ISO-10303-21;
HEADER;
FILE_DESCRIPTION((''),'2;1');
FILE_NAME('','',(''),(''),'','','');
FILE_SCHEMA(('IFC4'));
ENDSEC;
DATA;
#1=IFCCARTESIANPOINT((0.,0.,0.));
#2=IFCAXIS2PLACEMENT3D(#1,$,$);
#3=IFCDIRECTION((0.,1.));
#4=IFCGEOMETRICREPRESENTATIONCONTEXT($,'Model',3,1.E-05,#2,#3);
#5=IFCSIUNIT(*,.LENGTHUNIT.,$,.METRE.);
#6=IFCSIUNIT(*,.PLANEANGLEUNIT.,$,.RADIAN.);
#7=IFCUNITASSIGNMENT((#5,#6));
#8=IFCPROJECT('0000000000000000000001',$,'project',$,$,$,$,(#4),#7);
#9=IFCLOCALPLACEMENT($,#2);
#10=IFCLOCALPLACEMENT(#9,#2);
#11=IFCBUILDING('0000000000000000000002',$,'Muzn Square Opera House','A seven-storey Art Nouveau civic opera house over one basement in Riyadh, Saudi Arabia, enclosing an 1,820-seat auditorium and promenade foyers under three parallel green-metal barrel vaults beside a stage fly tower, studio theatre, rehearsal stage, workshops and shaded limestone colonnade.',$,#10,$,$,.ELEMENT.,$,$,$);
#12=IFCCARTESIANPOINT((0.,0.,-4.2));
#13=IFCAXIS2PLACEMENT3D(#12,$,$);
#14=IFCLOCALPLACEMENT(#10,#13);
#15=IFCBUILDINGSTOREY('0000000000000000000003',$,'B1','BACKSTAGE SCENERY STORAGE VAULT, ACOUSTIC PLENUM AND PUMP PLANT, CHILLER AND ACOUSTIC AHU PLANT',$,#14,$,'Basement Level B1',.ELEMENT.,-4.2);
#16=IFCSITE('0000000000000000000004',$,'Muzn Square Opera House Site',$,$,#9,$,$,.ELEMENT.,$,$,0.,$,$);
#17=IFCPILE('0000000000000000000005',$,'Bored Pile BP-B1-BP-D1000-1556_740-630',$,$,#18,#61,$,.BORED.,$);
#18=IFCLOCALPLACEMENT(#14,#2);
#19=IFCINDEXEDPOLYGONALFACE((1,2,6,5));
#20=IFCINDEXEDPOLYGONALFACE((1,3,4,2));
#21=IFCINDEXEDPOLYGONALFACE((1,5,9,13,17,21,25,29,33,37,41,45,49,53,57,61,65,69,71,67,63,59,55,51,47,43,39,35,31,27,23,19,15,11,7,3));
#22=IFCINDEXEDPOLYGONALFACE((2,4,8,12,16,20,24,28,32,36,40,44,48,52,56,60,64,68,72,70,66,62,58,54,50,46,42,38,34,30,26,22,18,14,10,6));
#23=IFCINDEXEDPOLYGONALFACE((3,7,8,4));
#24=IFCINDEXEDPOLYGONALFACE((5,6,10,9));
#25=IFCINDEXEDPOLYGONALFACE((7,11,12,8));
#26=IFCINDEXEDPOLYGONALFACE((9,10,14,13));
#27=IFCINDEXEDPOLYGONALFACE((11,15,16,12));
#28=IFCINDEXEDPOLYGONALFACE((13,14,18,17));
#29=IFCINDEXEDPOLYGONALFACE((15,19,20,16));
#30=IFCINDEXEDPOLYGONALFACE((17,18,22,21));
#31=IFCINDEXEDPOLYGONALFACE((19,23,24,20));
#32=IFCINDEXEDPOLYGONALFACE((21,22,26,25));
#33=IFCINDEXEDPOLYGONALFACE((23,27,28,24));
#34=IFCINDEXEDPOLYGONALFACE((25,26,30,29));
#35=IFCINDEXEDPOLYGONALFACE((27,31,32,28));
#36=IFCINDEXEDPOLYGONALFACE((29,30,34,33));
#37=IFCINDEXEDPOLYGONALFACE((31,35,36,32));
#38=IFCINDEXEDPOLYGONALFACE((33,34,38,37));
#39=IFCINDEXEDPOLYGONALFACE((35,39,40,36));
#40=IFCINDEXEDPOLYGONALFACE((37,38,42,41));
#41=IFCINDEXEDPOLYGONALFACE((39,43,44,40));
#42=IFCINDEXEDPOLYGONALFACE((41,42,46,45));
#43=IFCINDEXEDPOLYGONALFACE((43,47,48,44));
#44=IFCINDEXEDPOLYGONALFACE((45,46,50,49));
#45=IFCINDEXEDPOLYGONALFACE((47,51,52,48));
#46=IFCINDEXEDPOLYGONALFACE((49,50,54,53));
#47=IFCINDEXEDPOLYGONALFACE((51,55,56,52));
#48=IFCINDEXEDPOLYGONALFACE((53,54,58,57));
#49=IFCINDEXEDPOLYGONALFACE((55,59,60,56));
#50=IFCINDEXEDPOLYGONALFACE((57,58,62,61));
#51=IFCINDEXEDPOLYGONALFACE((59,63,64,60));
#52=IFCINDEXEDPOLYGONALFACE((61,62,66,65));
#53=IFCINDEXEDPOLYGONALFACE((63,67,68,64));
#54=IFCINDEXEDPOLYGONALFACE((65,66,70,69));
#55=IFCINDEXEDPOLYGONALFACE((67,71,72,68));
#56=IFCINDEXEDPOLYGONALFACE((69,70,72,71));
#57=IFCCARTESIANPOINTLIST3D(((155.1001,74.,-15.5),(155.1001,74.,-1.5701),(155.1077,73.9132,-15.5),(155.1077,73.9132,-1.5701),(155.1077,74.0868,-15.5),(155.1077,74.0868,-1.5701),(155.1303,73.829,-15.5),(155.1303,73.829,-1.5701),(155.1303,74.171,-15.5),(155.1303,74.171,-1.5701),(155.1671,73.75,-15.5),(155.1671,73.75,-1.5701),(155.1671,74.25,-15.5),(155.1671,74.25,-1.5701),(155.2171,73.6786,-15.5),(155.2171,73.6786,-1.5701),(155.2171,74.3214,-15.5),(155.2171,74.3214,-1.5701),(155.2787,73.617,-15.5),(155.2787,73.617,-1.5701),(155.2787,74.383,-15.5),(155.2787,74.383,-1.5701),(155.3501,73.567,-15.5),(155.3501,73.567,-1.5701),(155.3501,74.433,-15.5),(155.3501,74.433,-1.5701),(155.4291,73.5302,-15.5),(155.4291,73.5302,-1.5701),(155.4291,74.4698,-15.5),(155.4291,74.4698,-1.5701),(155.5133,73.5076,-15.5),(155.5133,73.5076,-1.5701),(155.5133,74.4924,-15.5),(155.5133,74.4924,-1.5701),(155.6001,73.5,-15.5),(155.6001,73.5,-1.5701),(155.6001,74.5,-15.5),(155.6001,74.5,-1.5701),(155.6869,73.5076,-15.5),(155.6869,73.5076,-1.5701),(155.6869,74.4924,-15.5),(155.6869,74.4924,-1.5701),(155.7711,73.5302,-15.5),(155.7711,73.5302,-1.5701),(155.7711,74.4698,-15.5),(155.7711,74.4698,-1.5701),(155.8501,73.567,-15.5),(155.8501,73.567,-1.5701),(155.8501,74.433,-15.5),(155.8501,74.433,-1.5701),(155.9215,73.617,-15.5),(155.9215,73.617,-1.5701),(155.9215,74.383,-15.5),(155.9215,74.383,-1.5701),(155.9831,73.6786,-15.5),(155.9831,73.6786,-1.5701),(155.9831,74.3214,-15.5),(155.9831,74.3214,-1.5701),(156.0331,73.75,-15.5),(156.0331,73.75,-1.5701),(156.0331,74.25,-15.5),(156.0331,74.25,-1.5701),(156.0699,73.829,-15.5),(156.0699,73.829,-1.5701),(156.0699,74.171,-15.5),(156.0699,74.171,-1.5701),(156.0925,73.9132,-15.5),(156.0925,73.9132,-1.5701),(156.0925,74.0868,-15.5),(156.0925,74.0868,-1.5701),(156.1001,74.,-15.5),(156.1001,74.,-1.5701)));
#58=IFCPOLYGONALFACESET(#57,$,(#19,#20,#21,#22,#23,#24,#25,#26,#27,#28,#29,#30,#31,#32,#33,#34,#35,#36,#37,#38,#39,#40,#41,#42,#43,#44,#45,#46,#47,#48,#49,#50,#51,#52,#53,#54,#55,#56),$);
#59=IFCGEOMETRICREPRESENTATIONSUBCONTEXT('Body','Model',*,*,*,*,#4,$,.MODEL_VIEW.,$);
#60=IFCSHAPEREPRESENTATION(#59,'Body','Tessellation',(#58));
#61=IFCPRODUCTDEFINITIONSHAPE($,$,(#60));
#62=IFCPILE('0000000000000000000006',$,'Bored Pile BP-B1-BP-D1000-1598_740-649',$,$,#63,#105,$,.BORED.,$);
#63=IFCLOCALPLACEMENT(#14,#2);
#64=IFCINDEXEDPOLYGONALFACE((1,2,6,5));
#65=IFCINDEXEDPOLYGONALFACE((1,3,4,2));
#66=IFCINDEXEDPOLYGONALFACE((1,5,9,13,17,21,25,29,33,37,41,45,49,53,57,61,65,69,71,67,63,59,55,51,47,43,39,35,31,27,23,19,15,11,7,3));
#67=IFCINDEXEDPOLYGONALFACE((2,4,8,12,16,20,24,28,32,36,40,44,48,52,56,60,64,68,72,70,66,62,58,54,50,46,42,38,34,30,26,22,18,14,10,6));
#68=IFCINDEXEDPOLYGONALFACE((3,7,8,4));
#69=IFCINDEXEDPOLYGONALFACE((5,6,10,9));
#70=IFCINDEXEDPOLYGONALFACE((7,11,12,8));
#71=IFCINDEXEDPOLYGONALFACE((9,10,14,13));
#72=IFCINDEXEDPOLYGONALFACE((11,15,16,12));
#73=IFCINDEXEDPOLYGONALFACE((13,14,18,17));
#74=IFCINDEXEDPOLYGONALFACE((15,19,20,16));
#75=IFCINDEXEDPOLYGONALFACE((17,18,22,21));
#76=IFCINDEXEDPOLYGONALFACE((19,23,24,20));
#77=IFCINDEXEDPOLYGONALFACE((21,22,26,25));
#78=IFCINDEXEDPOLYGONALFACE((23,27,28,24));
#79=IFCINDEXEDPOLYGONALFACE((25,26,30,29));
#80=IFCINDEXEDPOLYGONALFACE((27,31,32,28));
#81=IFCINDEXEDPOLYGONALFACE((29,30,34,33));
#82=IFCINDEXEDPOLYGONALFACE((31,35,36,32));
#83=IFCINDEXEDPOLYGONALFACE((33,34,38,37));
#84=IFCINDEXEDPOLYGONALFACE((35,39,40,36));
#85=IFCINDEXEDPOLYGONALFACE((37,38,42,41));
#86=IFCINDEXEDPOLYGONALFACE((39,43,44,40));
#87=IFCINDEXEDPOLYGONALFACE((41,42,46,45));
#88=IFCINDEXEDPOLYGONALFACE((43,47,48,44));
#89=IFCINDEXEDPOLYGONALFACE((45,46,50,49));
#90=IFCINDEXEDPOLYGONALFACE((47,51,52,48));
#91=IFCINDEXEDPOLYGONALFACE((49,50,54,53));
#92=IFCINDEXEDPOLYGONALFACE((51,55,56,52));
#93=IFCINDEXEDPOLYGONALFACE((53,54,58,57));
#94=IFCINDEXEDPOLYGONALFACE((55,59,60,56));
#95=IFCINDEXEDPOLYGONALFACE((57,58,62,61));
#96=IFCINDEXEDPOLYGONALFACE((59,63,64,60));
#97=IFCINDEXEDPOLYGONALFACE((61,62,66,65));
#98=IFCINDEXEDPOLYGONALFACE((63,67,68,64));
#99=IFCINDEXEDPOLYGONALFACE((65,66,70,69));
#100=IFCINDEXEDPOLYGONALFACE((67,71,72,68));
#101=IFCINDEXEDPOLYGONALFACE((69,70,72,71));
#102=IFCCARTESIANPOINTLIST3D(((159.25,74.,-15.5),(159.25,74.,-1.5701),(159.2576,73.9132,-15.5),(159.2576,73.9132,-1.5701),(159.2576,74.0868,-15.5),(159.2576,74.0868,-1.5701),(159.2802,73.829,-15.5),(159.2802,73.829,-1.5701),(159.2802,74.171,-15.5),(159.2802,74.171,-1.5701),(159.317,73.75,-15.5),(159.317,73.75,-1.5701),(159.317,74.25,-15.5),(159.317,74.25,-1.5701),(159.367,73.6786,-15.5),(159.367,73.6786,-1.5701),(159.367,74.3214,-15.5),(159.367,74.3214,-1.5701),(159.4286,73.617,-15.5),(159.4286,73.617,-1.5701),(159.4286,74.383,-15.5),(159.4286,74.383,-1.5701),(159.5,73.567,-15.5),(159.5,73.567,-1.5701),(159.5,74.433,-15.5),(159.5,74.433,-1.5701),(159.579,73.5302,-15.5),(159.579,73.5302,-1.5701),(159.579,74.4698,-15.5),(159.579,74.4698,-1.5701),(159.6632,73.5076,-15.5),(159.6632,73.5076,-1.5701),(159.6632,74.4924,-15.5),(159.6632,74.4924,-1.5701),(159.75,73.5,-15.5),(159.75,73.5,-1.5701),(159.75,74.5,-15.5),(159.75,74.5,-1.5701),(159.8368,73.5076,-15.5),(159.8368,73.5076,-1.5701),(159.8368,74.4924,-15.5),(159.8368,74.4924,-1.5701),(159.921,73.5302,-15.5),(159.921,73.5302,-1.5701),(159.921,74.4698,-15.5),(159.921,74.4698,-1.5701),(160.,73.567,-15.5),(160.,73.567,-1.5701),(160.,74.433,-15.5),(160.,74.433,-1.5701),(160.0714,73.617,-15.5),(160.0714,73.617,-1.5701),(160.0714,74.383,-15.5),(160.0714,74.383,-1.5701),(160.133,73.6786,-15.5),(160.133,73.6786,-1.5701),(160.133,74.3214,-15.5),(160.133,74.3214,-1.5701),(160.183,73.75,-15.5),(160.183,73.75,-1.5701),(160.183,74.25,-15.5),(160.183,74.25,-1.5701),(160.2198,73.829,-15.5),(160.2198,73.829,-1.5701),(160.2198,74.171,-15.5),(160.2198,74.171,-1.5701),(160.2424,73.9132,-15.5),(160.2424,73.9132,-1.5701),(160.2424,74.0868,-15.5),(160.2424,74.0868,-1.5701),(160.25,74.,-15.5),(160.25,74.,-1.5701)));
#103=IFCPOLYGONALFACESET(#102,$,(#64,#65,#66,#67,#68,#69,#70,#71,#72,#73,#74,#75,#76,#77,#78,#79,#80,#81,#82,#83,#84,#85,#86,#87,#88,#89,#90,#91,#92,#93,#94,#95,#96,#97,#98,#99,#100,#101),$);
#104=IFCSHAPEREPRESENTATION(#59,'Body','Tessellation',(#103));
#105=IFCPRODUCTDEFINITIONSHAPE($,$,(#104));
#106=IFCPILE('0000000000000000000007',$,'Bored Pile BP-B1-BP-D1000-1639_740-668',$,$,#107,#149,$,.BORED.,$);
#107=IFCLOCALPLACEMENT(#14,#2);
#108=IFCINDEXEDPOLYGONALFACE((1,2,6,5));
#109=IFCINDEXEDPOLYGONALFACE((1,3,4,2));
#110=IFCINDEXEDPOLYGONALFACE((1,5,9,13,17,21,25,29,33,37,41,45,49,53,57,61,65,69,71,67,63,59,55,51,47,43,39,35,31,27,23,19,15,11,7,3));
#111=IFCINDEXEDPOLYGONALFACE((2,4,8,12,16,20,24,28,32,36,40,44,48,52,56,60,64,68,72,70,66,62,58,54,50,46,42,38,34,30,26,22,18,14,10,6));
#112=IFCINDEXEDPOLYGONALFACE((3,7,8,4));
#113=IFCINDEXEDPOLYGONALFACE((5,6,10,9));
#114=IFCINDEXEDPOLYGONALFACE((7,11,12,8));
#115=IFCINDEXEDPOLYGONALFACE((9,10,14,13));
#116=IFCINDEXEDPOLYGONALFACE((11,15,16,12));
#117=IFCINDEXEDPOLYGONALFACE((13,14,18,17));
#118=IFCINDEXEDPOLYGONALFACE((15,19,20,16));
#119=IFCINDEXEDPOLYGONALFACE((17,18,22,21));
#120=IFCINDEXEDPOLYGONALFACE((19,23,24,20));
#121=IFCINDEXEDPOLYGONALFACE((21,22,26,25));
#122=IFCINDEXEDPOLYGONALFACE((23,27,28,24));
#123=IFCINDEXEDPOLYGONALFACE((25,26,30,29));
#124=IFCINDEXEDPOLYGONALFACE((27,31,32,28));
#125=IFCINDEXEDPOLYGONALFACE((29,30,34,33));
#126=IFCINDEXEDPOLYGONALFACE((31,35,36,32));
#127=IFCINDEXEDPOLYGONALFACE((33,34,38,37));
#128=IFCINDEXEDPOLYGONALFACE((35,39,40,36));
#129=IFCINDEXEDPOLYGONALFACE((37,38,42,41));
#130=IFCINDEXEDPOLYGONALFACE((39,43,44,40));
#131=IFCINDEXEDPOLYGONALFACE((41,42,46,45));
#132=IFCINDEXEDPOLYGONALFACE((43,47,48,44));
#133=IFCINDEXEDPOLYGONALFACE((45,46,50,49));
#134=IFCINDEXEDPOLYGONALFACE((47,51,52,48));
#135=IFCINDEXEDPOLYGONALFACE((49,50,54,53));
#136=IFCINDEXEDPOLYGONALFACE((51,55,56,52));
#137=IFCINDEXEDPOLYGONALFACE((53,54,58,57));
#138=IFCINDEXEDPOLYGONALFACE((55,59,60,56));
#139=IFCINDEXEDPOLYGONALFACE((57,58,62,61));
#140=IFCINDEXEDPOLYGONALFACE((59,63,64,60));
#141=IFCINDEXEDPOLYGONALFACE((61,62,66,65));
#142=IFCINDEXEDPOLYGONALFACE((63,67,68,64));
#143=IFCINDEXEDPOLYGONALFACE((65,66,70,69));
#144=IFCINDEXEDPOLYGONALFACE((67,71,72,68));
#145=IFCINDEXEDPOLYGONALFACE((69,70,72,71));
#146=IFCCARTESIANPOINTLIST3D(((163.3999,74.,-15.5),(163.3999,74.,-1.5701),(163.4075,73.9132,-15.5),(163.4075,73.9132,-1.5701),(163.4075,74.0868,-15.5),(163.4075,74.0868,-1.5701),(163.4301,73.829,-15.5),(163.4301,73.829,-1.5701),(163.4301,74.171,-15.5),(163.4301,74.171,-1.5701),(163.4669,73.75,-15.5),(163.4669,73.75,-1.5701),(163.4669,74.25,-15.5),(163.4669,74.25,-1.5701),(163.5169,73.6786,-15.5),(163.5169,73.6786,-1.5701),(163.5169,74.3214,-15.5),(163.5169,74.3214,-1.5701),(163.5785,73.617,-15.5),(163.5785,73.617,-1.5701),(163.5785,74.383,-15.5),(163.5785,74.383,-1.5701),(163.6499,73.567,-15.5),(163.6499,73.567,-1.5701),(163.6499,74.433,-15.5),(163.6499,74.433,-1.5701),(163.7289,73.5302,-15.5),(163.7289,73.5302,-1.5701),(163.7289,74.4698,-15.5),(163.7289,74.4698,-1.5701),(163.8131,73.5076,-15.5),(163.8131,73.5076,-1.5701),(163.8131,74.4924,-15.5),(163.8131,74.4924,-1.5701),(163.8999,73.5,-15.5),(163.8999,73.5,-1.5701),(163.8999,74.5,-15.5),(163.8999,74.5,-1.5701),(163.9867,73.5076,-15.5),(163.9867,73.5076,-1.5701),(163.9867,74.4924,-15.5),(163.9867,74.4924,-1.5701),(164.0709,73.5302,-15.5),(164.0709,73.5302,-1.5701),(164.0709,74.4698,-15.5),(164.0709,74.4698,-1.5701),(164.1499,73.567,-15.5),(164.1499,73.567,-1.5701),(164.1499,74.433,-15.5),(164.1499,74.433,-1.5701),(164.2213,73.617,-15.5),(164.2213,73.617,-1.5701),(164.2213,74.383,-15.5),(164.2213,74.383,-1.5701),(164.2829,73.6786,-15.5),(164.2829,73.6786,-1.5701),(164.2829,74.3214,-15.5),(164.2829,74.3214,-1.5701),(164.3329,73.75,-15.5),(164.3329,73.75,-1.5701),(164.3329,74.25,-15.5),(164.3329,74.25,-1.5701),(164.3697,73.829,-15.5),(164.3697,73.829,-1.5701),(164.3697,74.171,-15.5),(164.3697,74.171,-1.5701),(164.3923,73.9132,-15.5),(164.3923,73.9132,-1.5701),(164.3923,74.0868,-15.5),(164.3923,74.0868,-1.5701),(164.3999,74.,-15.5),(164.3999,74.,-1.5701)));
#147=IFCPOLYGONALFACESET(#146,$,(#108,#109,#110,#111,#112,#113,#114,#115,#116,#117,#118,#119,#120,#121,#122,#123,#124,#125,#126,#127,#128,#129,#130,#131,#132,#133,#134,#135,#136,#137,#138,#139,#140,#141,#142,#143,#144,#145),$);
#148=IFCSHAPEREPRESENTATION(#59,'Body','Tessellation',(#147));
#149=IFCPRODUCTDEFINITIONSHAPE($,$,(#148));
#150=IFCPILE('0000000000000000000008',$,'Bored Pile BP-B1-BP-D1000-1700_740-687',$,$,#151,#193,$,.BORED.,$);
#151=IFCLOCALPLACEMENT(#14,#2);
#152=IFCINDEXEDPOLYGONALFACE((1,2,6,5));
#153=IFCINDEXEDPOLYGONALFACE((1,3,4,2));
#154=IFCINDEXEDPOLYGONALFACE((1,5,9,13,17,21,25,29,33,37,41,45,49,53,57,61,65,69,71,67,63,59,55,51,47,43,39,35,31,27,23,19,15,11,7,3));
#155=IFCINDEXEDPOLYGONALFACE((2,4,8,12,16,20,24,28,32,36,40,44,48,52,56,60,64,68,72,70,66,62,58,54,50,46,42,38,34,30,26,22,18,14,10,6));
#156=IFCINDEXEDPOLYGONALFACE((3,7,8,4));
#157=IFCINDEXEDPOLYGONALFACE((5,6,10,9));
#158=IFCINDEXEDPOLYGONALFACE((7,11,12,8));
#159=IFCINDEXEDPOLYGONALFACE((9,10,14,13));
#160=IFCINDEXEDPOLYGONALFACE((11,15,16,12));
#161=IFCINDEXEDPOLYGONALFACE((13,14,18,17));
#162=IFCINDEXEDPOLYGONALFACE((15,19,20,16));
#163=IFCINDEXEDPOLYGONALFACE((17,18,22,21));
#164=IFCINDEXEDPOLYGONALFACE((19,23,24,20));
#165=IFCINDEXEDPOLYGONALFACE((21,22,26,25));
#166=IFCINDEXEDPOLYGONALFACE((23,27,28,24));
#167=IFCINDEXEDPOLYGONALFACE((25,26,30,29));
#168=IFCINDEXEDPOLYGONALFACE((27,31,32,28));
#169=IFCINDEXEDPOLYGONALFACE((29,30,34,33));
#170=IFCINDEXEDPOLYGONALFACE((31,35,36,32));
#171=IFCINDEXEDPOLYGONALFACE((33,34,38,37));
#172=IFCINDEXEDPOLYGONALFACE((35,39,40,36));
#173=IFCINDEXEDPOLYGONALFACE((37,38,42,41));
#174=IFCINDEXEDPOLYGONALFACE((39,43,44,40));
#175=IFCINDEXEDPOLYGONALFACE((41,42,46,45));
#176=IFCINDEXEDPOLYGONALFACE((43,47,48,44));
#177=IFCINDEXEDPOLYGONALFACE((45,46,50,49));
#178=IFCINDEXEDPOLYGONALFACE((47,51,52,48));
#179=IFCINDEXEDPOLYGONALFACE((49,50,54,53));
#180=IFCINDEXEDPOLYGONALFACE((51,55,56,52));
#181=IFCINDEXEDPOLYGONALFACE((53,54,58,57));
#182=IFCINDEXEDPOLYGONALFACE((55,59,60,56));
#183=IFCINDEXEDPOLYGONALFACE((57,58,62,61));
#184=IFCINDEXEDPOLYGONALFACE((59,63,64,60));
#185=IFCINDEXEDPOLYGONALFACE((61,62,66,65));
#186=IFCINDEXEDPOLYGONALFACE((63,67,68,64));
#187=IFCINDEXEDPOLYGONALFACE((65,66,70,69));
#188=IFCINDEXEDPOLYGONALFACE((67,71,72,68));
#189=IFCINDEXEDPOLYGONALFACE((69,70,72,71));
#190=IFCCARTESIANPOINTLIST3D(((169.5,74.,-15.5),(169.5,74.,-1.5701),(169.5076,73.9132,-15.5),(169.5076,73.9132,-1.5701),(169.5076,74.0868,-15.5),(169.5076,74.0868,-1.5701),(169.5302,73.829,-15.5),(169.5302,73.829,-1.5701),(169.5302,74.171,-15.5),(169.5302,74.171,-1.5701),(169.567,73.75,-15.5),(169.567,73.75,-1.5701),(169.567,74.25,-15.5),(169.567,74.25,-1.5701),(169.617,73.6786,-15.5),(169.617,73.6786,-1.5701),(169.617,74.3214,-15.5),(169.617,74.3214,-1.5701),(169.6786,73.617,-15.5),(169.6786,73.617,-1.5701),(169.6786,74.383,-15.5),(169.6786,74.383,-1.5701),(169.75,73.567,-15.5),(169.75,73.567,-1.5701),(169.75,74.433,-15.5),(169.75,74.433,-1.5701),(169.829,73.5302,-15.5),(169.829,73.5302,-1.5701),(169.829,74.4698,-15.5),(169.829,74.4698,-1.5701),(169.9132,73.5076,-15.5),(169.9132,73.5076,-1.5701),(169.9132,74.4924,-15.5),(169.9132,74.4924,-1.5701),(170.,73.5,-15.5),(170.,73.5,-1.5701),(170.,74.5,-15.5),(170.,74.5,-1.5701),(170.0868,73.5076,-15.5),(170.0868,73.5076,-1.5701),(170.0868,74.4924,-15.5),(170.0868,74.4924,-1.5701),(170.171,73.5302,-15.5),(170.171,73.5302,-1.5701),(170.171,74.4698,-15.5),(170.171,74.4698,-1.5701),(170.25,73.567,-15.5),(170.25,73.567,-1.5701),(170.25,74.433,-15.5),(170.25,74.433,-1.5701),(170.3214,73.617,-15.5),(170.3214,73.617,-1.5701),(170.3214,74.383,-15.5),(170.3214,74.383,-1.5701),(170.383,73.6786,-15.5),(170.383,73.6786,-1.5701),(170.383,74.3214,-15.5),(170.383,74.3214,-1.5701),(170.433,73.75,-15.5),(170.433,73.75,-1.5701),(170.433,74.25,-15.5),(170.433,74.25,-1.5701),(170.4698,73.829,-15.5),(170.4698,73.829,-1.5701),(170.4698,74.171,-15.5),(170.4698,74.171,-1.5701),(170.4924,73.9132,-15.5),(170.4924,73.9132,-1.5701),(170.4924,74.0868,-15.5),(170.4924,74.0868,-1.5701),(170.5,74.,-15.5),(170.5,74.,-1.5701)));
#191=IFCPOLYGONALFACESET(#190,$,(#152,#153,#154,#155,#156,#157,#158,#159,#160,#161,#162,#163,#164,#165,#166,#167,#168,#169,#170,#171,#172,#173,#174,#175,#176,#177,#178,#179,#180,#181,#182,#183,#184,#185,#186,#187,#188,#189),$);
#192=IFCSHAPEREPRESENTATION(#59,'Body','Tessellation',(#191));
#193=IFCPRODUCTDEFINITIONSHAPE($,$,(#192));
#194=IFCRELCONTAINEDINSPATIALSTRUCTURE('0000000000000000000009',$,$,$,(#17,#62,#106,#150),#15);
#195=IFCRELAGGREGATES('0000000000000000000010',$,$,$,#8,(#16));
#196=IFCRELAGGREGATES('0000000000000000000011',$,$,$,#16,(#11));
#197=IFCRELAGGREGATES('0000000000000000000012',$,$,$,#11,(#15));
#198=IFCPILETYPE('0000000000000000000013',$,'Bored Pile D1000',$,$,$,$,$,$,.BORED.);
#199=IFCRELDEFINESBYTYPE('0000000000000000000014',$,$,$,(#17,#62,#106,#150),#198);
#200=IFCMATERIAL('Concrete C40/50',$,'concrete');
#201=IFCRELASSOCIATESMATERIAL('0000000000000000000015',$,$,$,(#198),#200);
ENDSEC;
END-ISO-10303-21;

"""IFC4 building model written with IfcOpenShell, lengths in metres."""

from ifc_helpers import new_model, si_unit, direction, frame, origin, origin_2d, place, context, subcontext, project, spatial, circle, extrude, material, material_profile, profile_set, type_object, element, save


model = new_model("IFC4")

# Units and contexts
model_context = context("Model", 3, precision=1e-05, world=origin(), true_north=direction((0.0, 1.0)))
body_context = subcontext(model_context, "Body", "Model", "MODEL_VIEW")
ifc_project = project(units=[si_unit("LENGTHUNIT", "METRE"), si_unit("PLANEANGLEUNIT", "RADIAN")], contexts=[model_context])

# Site, building, storey
site_placement = place(None, origin())
site = spatial("IfcSite", under=ifc_project, at=site_placement, Name="Muzn Square Opera House Site", CompositionType="ELEMENT", RefElevation=0.0)
building_placement = place(site_placement, origin())
building = spatial("IfcBuilding", under=site, at=building_placement, Name="Muzn Square Opera House", Description="A seven-storey Art Nouveau civic opera house over one basement in Riyadh, Saudi Arabia, enclosing an 1,820-seat auditorium and promenade foyers under three parallel green-metal barrel vaults beside a stage fly tower, studio theatre, rehearsal stage, workshops and shaded limestone colonnade.", CompositionType="ELEMENT")
storey_placement = place(building_placement, frame((0.0, 0.0, -4.2)))
storey = spatial("IfcBuildingStorey", under=building, at=storey_placement, Name="B1", Description="BACKSTAGE SCENERY STORAGE VAULT, ACOUSTIC PLENUM AND PUMP PLANT, CHILLER AND ACOUSTIC AHU PLANT", LongName="Basement Level B1", CompositionType="ELEMENT", Elevation=-4.2)

# Piles
ifc_material = material(Name="Concrete C40/50", Category="concrete")
ifc_material_profile_1 = material_profile(ifc_material, circle(Radius=0.5, at=origin_2d()), Name="BORED PILE D1000", Category="concrete")
ifc_profile_set_1 = profile_set([ifc_material_profile_1], Name="Concrete C40/50")
pile_type = type_object("IfcPileType", Name="Bored Pile D1000", PredefinedType="BORED", material=ifc_profile_set_1)
for number, where, z_axis, x_axis, name in (
    (1, (155.6001, 74.0, -1.5701), (0.0, 0.0, -1.0), (1.0, 0.0, 0.0), "Bored Pile BP-B1-BP-D1000-1556_740-630"),
    (2, (159.75, 74.0, -1.5701), (0.0, 0.0, -1.0), (1.0, 0.0, 0.0), "Bored Pile BP-B1-BP-D1000-1598_740-649"),
    (3, (163.8999, 74.0, -1.5701), (0.0, 0.0, -1.0), (1.0, 0.0, 0.0), "Bored Pile BP-B1-BP-D1000-1639_740-668"),
    (4, (170.0, 74.0, -1.5701), (0.0, 0.0, -1.0), (1.0, 0.0, 0.0), "Bored Pile BP-B1-BP-D1000-1700_740-687"),
):
    element("IfcPile", number, at=place(storey_placement, frame(where, z_axis=z_axis, x_axis=x_axis)), inside=storey, type_object=pile_type, Name=name, PredefinedType="BORED", context=body_context, shape_type="SweptSolid", body=[
        extrude(circle(Radius=0.5, at=origin_2d()), origin(), (0.0, 0.0, 1.0), 13.9299),
    ])

save(model, "model.ifc")
